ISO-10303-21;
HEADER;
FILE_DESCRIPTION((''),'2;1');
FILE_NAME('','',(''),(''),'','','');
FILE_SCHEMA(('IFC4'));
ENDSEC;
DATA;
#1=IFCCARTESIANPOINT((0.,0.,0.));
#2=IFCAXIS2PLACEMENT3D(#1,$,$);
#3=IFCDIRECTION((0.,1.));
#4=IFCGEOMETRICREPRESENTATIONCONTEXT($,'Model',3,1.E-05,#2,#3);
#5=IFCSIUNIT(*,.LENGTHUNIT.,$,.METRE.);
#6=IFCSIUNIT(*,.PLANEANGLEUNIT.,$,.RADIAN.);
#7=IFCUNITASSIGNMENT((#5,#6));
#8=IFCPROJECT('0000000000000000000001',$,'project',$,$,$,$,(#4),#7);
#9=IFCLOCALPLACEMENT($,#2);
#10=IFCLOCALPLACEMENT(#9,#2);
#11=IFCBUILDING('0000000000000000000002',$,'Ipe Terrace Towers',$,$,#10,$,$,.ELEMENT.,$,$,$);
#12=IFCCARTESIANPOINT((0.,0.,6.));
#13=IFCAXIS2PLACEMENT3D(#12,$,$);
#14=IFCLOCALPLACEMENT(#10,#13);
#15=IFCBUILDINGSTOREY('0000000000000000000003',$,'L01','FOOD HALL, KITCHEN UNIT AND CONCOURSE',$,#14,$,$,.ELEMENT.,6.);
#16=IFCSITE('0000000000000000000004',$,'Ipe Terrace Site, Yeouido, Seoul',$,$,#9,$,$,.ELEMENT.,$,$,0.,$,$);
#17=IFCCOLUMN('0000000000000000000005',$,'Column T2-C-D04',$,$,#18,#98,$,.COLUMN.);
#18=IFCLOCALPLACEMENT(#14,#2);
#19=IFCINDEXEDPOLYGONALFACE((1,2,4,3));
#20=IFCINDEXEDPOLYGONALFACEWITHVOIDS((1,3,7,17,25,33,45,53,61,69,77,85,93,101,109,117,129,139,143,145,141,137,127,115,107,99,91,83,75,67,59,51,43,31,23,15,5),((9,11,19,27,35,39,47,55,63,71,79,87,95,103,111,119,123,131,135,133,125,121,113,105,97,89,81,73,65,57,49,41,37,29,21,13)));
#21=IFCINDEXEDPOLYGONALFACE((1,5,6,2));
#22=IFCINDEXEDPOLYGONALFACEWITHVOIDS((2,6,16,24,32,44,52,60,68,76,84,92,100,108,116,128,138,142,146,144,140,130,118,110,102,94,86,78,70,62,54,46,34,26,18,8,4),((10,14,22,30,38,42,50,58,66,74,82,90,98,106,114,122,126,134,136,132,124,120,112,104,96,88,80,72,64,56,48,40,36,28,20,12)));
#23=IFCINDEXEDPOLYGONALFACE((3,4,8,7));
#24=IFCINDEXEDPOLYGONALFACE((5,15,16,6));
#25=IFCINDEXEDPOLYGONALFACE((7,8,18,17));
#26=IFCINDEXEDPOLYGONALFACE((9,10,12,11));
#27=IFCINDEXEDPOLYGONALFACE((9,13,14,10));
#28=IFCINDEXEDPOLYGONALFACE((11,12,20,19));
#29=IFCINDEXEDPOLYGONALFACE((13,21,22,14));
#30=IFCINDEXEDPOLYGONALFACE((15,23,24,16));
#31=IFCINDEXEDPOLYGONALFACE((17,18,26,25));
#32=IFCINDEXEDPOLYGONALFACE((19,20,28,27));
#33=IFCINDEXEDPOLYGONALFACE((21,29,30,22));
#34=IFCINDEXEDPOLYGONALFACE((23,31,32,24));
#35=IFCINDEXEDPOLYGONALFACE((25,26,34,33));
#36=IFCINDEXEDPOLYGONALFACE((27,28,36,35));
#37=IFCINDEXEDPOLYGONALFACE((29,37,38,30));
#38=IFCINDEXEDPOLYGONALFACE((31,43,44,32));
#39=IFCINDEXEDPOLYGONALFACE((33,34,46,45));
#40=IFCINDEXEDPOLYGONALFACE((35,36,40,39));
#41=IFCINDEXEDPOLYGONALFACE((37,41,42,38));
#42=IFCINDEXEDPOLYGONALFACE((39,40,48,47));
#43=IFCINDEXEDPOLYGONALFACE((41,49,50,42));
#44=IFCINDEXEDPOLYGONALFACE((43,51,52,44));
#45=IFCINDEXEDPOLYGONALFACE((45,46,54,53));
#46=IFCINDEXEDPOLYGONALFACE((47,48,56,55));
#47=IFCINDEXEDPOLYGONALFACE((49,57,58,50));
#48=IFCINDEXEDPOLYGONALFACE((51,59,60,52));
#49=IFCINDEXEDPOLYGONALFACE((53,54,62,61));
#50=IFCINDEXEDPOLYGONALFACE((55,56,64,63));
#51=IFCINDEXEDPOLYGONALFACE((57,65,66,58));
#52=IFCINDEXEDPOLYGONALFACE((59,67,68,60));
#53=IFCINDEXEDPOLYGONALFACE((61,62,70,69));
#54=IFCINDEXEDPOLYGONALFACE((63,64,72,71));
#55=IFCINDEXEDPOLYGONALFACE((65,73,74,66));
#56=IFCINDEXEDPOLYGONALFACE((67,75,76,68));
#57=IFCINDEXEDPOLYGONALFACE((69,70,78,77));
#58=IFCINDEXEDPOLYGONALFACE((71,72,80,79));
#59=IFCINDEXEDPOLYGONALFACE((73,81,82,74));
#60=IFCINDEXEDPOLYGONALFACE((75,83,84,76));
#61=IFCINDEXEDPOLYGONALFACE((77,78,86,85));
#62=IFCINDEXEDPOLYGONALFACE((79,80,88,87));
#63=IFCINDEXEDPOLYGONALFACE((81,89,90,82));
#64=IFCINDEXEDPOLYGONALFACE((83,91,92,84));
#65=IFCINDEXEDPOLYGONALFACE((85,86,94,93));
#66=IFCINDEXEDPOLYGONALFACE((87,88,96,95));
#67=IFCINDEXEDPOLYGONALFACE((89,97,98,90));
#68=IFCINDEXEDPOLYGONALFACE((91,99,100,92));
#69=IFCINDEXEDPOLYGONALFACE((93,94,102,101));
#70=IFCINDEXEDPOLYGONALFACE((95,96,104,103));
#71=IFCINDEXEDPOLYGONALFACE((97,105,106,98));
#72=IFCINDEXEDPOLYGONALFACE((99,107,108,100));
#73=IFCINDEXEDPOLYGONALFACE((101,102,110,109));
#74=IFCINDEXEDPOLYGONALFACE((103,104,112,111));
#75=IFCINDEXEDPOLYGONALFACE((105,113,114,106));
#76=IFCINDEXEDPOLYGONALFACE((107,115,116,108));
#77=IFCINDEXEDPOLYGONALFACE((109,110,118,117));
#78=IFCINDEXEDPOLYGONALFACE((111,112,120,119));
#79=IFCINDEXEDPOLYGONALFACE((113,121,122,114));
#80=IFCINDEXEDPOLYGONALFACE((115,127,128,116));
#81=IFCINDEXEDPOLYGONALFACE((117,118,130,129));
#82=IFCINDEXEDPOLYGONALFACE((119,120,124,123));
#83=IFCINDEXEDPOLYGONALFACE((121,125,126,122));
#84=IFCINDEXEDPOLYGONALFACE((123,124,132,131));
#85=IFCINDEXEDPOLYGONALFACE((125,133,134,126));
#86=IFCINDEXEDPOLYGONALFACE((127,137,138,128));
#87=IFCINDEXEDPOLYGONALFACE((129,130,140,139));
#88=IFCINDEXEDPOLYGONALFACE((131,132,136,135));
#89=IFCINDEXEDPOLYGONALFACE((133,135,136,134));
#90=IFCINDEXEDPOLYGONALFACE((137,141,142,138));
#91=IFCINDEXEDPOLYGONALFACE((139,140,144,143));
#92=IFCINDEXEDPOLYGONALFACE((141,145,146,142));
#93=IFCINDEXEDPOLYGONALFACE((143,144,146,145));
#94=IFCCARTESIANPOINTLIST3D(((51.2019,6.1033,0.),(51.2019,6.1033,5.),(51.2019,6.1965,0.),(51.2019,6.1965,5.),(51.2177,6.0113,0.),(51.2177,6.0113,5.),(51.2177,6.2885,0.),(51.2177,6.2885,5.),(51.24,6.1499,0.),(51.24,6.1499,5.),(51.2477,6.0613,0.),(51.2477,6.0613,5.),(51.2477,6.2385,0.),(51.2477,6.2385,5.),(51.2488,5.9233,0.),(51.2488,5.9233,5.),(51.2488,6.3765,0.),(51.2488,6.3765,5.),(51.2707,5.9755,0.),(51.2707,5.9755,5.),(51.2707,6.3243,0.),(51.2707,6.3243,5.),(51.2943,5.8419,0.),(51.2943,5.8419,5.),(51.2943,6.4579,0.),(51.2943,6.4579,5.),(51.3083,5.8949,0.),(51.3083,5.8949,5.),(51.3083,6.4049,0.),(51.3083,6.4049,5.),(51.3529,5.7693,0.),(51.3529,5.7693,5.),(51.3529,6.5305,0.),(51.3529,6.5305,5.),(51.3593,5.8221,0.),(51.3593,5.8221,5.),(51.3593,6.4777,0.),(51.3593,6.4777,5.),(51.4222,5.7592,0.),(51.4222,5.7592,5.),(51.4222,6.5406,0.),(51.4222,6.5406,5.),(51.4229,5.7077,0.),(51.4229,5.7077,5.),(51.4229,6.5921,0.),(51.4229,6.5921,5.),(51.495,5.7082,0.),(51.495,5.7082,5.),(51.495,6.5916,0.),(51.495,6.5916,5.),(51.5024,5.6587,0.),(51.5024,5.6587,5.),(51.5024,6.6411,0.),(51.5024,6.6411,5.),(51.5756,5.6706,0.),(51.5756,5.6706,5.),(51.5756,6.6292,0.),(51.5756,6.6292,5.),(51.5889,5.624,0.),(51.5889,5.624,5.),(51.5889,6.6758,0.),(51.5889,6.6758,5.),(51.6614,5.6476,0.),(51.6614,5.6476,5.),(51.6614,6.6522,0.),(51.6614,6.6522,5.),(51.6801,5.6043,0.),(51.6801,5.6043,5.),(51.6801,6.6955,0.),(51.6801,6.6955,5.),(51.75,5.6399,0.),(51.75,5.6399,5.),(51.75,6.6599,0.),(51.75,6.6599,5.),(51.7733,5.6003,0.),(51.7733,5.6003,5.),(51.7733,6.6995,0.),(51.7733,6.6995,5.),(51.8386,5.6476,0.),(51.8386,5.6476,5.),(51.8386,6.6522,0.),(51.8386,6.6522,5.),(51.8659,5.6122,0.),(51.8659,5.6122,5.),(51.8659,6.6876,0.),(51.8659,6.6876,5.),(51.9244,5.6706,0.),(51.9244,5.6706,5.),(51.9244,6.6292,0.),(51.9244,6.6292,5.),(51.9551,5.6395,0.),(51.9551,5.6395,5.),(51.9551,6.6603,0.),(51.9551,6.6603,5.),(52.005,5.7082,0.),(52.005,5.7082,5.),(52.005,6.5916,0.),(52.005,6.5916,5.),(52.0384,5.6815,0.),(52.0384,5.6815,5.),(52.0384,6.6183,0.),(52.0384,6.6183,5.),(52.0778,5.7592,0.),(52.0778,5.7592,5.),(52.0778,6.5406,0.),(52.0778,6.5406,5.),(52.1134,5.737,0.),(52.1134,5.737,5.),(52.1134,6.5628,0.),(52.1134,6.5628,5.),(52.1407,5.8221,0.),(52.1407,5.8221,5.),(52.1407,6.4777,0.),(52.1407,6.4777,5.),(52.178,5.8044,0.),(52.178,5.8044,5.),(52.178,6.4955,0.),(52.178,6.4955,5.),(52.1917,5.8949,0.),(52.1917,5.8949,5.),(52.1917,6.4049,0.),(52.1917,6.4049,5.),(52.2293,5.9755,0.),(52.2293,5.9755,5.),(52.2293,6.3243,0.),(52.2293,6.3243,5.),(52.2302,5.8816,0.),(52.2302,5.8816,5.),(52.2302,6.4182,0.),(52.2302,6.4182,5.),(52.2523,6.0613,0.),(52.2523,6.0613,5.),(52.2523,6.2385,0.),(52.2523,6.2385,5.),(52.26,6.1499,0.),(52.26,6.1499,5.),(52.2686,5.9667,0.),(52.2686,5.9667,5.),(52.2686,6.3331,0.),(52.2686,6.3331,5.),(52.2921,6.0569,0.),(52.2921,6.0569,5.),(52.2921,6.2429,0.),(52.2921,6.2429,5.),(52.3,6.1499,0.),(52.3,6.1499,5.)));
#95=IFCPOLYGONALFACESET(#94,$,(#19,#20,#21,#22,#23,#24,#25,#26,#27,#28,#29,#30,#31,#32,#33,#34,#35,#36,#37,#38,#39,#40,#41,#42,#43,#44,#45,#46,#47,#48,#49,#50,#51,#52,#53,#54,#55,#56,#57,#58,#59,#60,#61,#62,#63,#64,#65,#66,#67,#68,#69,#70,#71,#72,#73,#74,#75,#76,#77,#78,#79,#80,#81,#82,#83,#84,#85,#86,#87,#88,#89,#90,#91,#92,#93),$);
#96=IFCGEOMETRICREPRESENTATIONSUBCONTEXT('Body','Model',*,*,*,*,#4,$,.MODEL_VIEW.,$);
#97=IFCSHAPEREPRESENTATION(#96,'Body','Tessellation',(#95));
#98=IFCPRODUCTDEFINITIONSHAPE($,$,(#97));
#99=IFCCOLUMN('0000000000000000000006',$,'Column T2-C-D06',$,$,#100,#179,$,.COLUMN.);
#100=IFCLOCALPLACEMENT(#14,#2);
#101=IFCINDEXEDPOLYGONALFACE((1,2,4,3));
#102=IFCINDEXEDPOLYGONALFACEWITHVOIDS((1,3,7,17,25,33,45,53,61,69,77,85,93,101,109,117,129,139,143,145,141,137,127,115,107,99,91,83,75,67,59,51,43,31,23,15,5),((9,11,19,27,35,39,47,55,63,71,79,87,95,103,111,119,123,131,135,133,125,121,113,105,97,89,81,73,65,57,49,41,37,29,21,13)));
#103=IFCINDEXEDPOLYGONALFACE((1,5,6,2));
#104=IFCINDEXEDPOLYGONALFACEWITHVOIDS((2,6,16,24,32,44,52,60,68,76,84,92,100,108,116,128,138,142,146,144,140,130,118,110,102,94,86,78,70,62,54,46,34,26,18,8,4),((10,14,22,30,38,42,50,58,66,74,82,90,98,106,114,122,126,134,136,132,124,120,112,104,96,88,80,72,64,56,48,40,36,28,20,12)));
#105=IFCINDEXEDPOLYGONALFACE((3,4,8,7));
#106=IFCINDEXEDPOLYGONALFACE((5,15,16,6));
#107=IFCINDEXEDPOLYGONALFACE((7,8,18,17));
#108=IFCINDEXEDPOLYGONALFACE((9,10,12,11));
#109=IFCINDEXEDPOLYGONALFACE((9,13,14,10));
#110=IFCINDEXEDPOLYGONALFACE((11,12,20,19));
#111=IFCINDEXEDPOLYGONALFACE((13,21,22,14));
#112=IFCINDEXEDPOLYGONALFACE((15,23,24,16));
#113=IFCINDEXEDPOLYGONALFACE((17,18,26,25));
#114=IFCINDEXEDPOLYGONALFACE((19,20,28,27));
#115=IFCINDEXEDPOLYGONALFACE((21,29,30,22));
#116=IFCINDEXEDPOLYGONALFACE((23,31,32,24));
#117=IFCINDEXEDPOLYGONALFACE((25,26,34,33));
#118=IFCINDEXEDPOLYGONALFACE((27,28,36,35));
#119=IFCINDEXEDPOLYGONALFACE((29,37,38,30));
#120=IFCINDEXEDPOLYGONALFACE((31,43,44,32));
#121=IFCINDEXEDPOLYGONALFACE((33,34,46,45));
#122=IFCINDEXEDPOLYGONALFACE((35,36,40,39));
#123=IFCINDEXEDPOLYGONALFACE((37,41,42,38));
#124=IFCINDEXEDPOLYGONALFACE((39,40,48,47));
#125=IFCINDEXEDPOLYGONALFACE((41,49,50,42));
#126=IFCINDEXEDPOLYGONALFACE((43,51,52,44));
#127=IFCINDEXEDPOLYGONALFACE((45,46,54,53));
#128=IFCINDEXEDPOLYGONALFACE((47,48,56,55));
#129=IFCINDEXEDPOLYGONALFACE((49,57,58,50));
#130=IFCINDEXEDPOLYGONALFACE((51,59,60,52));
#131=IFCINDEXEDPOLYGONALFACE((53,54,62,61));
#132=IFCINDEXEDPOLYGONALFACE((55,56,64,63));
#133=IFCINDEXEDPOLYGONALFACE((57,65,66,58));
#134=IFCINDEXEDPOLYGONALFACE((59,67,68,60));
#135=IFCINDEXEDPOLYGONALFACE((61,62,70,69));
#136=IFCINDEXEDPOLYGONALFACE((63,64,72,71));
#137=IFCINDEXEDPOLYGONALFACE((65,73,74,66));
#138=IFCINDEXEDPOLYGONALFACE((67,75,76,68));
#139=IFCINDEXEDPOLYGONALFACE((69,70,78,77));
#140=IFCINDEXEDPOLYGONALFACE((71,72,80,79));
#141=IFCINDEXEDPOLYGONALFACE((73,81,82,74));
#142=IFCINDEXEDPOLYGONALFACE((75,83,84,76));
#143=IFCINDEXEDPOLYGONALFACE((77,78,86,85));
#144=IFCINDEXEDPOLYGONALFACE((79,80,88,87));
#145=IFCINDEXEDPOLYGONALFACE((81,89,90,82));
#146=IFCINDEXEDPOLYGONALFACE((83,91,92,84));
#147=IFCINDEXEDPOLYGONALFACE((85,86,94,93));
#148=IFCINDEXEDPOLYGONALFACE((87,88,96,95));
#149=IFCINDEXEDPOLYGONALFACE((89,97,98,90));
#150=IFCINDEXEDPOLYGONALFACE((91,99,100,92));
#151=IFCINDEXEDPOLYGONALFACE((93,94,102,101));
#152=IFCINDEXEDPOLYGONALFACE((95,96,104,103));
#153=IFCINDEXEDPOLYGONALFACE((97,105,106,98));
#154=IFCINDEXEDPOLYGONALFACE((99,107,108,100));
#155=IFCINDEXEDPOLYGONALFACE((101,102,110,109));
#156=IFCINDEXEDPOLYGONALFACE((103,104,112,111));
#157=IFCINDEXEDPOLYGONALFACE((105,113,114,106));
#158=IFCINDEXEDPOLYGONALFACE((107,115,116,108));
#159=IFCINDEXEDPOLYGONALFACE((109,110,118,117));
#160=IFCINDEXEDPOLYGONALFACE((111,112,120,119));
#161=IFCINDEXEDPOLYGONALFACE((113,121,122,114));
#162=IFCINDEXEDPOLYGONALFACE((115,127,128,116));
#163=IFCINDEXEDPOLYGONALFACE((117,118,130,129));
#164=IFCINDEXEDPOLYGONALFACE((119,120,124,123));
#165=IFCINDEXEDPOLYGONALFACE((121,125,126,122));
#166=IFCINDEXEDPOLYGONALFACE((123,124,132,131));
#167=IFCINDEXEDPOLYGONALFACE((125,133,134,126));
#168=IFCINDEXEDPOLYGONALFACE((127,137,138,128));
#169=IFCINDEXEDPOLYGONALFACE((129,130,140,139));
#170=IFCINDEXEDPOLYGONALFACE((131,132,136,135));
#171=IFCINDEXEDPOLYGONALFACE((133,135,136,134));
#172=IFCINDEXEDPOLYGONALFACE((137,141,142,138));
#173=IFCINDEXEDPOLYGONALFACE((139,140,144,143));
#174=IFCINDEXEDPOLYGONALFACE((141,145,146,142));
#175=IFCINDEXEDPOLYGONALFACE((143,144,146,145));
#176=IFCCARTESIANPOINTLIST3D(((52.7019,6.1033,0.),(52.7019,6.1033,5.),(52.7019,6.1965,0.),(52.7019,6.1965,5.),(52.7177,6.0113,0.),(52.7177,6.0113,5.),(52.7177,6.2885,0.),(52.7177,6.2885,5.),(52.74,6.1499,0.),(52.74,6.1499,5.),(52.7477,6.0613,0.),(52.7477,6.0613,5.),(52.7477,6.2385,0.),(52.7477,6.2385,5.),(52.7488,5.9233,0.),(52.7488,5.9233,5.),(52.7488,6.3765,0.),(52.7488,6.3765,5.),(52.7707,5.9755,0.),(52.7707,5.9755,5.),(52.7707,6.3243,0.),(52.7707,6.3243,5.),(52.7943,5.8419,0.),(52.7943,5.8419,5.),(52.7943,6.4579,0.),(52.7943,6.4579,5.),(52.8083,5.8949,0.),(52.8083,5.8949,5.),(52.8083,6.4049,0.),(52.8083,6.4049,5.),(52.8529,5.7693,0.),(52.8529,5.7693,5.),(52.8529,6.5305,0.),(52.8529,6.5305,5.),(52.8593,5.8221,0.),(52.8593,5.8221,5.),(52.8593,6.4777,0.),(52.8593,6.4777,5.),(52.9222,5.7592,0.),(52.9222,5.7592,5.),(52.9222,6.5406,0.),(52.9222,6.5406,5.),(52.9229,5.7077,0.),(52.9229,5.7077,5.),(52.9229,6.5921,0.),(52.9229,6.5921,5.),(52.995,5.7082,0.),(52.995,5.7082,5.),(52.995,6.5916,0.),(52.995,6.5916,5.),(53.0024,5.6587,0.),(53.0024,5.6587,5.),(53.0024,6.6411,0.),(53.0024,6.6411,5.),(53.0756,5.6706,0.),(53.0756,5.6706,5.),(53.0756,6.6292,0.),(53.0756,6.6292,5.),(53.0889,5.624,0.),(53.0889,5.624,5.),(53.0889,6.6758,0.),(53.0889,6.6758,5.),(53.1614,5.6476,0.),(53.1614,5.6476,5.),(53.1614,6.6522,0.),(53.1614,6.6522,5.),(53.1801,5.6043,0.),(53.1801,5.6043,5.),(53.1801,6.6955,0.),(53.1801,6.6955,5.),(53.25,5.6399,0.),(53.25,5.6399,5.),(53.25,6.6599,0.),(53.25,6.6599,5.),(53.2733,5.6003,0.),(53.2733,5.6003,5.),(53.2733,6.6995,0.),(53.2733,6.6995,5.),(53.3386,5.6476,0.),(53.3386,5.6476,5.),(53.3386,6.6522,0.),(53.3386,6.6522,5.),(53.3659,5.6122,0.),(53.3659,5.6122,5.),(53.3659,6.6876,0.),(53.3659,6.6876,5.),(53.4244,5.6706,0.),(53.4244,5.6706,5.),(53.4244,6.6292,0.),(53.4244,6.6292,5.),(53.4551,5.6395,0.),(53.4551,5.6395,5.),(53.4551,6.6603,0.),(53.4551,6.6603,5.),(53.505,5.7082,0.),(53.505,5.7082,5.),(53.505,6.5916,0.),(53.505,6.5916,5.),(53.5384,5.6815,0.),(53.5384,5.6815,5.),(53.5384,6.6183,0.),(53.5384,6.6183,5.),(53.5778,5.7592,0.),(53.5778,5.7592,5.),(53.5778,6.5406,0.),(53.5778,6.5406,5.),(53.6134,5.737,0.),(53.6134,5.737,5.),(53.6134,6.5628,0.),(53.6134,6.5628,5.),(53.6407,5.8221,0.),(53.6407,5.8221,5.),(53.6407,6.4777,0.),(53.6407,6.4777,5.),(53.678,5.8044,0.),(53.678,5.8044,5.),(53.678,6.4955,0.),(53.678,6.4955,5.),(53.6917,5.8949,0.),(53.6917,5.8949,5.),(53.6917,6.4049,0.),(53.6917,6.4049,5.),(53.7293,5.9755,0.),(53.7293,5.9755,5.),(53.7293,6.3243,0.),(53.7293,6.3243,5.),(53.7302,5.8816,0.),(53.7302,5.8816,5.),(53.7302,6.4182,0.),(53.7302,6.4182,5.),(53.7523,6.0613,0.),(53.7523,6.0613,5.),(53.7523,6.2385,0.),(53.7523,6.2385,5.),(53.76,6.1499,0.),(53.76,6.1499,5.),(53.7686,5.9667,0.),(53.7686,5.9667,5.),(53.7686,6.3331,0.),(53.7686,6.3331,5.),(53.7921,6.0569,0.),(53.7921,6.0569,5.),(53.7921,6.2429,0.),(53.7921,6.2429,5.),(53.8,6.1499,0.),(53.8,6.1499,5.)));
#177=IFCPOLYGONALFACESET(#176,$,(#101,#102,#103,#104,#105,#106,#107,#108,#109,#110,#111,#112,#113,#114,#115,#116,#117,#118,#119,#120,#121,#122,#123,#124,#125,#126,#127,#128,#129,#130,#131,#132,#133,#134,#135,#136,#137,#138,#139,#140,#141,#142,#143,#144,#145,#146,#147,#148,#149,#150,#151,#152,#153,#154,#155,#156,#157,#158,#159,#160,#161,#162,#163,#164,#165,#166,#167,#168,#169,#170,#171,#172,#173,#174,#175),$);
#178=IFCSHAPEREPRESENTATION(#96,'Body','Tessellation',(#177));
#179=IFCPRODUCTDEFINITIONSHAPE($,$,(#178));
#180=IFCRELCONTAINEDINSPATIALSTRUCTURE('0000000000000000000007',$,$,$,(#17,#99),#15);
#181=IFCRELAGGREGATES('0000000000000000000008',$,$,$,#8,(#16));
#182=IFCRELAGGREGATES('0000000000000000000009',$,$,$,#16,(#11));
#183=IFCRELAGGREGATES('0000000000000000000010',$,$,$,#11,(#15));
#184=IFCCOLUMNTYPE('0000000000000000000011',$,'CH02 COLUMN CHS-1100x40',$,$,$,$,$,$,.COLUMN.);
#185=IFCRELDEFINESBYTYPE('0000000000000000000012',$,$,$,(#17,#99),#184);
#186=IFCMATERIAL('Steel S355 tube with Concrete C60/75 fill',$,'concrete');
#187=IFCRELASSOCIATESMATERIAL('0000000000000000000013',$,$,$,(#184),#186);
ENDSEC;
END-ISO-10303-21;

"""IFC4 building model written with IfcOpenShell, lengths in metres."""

from ifc_helpers import new_model, si_unit, direction, frame, origin, origin_2d, place, context, subcontext, project, spatial, hollow_circle, extrude, material, material_profile, profile_set, type_object, element, save


model = new_model("IFC4")

# Units and contexts
model_context = context("Model", 3, precision=1e-05, world=origin(), true_north=direction((0.0, 1.0)))
body_context = subcontext(model_context, "Body", "Model", "MODEL_VIEW")
ifc_project = project(units=[si_unit("LENGTHUNIT", "METRE"), si_unit("PLANEANGLEUNIT", "RADIAN")], contexts=[model_context])

# Site, building, storey
site_placement = place(None, origin())
site = spatial("IfcSite", under=ifc_project, at=site_placement, Name="Ipe Terrace Site, Yeouido, Seoul", CompositionType="ELEMENT", RefElevation=0.0)
building_placement = place(site_placement, origin())
building = spatial("IfcBuilding", under=site, at=building_placement, Name="Ipe Terrace Towers", CompositionType="ELEMENT")
storey_placement = place(building_placement, frame((0.0, 0.0, 6.0)))
storey = spatial("IfcBuildingStorey", under=building, at=storey_placement, Name="L01", Description="FOOD HALL, KITCHEN UNIT AND CONCOURSE", CompositionType="ELEMENT", Elevation=6.0)

# Columns
ifc_material_1 = material(Name="Steel S355 tube with Concrete C60/75 fill", Category="concrete")
ifc_material_profile_1 = material_profile(ifc_material_1, hollow_circle(Radius=0.55, WallThickness=0.04, at=origin_2d()), Name="CHS-1100x40")
ifc_profile_set_1 = profile_set([ifc_material_profile_1], Name="Steel S355 tube with Concrete C60/75 fill")
column_type_1 = type_object("IfcColumnType", Name="CH02 COLUMN CHS-1100x40", PredefinedType="COLUMN", material=ifc_profile_set_1)
for number, where, z_axis, x_axis, name in (
    (1, (51.75, 6.1499, 0.0), (0.0, 0.0, 1.0), (1.0, 0.0, 0.0), "Column T2-C-D04"),
    (2, (53.25, 6.1499, 0.0), (0.0, 0.0, 1.0), (1.0, 0.0, 0.0), "Column T2-C-D06"),
):
    element("IfcColumn", number, at=place(storey_placement, frame(where, z_axis=z_axis, x_axis=x_axis)), inside=storey, type_object=column_type_1, Name=name, PredefinedType="COLUMN", context=body_context, shape_type="SweptSolid", body=[
        extrude(hollow_circle(Radius=0.55, WallThickness=0.04, at=origin_2d()), origin(), (0.0, 0.0, 1.0), 5.0),
    ])

save(model, "model.ifc")
